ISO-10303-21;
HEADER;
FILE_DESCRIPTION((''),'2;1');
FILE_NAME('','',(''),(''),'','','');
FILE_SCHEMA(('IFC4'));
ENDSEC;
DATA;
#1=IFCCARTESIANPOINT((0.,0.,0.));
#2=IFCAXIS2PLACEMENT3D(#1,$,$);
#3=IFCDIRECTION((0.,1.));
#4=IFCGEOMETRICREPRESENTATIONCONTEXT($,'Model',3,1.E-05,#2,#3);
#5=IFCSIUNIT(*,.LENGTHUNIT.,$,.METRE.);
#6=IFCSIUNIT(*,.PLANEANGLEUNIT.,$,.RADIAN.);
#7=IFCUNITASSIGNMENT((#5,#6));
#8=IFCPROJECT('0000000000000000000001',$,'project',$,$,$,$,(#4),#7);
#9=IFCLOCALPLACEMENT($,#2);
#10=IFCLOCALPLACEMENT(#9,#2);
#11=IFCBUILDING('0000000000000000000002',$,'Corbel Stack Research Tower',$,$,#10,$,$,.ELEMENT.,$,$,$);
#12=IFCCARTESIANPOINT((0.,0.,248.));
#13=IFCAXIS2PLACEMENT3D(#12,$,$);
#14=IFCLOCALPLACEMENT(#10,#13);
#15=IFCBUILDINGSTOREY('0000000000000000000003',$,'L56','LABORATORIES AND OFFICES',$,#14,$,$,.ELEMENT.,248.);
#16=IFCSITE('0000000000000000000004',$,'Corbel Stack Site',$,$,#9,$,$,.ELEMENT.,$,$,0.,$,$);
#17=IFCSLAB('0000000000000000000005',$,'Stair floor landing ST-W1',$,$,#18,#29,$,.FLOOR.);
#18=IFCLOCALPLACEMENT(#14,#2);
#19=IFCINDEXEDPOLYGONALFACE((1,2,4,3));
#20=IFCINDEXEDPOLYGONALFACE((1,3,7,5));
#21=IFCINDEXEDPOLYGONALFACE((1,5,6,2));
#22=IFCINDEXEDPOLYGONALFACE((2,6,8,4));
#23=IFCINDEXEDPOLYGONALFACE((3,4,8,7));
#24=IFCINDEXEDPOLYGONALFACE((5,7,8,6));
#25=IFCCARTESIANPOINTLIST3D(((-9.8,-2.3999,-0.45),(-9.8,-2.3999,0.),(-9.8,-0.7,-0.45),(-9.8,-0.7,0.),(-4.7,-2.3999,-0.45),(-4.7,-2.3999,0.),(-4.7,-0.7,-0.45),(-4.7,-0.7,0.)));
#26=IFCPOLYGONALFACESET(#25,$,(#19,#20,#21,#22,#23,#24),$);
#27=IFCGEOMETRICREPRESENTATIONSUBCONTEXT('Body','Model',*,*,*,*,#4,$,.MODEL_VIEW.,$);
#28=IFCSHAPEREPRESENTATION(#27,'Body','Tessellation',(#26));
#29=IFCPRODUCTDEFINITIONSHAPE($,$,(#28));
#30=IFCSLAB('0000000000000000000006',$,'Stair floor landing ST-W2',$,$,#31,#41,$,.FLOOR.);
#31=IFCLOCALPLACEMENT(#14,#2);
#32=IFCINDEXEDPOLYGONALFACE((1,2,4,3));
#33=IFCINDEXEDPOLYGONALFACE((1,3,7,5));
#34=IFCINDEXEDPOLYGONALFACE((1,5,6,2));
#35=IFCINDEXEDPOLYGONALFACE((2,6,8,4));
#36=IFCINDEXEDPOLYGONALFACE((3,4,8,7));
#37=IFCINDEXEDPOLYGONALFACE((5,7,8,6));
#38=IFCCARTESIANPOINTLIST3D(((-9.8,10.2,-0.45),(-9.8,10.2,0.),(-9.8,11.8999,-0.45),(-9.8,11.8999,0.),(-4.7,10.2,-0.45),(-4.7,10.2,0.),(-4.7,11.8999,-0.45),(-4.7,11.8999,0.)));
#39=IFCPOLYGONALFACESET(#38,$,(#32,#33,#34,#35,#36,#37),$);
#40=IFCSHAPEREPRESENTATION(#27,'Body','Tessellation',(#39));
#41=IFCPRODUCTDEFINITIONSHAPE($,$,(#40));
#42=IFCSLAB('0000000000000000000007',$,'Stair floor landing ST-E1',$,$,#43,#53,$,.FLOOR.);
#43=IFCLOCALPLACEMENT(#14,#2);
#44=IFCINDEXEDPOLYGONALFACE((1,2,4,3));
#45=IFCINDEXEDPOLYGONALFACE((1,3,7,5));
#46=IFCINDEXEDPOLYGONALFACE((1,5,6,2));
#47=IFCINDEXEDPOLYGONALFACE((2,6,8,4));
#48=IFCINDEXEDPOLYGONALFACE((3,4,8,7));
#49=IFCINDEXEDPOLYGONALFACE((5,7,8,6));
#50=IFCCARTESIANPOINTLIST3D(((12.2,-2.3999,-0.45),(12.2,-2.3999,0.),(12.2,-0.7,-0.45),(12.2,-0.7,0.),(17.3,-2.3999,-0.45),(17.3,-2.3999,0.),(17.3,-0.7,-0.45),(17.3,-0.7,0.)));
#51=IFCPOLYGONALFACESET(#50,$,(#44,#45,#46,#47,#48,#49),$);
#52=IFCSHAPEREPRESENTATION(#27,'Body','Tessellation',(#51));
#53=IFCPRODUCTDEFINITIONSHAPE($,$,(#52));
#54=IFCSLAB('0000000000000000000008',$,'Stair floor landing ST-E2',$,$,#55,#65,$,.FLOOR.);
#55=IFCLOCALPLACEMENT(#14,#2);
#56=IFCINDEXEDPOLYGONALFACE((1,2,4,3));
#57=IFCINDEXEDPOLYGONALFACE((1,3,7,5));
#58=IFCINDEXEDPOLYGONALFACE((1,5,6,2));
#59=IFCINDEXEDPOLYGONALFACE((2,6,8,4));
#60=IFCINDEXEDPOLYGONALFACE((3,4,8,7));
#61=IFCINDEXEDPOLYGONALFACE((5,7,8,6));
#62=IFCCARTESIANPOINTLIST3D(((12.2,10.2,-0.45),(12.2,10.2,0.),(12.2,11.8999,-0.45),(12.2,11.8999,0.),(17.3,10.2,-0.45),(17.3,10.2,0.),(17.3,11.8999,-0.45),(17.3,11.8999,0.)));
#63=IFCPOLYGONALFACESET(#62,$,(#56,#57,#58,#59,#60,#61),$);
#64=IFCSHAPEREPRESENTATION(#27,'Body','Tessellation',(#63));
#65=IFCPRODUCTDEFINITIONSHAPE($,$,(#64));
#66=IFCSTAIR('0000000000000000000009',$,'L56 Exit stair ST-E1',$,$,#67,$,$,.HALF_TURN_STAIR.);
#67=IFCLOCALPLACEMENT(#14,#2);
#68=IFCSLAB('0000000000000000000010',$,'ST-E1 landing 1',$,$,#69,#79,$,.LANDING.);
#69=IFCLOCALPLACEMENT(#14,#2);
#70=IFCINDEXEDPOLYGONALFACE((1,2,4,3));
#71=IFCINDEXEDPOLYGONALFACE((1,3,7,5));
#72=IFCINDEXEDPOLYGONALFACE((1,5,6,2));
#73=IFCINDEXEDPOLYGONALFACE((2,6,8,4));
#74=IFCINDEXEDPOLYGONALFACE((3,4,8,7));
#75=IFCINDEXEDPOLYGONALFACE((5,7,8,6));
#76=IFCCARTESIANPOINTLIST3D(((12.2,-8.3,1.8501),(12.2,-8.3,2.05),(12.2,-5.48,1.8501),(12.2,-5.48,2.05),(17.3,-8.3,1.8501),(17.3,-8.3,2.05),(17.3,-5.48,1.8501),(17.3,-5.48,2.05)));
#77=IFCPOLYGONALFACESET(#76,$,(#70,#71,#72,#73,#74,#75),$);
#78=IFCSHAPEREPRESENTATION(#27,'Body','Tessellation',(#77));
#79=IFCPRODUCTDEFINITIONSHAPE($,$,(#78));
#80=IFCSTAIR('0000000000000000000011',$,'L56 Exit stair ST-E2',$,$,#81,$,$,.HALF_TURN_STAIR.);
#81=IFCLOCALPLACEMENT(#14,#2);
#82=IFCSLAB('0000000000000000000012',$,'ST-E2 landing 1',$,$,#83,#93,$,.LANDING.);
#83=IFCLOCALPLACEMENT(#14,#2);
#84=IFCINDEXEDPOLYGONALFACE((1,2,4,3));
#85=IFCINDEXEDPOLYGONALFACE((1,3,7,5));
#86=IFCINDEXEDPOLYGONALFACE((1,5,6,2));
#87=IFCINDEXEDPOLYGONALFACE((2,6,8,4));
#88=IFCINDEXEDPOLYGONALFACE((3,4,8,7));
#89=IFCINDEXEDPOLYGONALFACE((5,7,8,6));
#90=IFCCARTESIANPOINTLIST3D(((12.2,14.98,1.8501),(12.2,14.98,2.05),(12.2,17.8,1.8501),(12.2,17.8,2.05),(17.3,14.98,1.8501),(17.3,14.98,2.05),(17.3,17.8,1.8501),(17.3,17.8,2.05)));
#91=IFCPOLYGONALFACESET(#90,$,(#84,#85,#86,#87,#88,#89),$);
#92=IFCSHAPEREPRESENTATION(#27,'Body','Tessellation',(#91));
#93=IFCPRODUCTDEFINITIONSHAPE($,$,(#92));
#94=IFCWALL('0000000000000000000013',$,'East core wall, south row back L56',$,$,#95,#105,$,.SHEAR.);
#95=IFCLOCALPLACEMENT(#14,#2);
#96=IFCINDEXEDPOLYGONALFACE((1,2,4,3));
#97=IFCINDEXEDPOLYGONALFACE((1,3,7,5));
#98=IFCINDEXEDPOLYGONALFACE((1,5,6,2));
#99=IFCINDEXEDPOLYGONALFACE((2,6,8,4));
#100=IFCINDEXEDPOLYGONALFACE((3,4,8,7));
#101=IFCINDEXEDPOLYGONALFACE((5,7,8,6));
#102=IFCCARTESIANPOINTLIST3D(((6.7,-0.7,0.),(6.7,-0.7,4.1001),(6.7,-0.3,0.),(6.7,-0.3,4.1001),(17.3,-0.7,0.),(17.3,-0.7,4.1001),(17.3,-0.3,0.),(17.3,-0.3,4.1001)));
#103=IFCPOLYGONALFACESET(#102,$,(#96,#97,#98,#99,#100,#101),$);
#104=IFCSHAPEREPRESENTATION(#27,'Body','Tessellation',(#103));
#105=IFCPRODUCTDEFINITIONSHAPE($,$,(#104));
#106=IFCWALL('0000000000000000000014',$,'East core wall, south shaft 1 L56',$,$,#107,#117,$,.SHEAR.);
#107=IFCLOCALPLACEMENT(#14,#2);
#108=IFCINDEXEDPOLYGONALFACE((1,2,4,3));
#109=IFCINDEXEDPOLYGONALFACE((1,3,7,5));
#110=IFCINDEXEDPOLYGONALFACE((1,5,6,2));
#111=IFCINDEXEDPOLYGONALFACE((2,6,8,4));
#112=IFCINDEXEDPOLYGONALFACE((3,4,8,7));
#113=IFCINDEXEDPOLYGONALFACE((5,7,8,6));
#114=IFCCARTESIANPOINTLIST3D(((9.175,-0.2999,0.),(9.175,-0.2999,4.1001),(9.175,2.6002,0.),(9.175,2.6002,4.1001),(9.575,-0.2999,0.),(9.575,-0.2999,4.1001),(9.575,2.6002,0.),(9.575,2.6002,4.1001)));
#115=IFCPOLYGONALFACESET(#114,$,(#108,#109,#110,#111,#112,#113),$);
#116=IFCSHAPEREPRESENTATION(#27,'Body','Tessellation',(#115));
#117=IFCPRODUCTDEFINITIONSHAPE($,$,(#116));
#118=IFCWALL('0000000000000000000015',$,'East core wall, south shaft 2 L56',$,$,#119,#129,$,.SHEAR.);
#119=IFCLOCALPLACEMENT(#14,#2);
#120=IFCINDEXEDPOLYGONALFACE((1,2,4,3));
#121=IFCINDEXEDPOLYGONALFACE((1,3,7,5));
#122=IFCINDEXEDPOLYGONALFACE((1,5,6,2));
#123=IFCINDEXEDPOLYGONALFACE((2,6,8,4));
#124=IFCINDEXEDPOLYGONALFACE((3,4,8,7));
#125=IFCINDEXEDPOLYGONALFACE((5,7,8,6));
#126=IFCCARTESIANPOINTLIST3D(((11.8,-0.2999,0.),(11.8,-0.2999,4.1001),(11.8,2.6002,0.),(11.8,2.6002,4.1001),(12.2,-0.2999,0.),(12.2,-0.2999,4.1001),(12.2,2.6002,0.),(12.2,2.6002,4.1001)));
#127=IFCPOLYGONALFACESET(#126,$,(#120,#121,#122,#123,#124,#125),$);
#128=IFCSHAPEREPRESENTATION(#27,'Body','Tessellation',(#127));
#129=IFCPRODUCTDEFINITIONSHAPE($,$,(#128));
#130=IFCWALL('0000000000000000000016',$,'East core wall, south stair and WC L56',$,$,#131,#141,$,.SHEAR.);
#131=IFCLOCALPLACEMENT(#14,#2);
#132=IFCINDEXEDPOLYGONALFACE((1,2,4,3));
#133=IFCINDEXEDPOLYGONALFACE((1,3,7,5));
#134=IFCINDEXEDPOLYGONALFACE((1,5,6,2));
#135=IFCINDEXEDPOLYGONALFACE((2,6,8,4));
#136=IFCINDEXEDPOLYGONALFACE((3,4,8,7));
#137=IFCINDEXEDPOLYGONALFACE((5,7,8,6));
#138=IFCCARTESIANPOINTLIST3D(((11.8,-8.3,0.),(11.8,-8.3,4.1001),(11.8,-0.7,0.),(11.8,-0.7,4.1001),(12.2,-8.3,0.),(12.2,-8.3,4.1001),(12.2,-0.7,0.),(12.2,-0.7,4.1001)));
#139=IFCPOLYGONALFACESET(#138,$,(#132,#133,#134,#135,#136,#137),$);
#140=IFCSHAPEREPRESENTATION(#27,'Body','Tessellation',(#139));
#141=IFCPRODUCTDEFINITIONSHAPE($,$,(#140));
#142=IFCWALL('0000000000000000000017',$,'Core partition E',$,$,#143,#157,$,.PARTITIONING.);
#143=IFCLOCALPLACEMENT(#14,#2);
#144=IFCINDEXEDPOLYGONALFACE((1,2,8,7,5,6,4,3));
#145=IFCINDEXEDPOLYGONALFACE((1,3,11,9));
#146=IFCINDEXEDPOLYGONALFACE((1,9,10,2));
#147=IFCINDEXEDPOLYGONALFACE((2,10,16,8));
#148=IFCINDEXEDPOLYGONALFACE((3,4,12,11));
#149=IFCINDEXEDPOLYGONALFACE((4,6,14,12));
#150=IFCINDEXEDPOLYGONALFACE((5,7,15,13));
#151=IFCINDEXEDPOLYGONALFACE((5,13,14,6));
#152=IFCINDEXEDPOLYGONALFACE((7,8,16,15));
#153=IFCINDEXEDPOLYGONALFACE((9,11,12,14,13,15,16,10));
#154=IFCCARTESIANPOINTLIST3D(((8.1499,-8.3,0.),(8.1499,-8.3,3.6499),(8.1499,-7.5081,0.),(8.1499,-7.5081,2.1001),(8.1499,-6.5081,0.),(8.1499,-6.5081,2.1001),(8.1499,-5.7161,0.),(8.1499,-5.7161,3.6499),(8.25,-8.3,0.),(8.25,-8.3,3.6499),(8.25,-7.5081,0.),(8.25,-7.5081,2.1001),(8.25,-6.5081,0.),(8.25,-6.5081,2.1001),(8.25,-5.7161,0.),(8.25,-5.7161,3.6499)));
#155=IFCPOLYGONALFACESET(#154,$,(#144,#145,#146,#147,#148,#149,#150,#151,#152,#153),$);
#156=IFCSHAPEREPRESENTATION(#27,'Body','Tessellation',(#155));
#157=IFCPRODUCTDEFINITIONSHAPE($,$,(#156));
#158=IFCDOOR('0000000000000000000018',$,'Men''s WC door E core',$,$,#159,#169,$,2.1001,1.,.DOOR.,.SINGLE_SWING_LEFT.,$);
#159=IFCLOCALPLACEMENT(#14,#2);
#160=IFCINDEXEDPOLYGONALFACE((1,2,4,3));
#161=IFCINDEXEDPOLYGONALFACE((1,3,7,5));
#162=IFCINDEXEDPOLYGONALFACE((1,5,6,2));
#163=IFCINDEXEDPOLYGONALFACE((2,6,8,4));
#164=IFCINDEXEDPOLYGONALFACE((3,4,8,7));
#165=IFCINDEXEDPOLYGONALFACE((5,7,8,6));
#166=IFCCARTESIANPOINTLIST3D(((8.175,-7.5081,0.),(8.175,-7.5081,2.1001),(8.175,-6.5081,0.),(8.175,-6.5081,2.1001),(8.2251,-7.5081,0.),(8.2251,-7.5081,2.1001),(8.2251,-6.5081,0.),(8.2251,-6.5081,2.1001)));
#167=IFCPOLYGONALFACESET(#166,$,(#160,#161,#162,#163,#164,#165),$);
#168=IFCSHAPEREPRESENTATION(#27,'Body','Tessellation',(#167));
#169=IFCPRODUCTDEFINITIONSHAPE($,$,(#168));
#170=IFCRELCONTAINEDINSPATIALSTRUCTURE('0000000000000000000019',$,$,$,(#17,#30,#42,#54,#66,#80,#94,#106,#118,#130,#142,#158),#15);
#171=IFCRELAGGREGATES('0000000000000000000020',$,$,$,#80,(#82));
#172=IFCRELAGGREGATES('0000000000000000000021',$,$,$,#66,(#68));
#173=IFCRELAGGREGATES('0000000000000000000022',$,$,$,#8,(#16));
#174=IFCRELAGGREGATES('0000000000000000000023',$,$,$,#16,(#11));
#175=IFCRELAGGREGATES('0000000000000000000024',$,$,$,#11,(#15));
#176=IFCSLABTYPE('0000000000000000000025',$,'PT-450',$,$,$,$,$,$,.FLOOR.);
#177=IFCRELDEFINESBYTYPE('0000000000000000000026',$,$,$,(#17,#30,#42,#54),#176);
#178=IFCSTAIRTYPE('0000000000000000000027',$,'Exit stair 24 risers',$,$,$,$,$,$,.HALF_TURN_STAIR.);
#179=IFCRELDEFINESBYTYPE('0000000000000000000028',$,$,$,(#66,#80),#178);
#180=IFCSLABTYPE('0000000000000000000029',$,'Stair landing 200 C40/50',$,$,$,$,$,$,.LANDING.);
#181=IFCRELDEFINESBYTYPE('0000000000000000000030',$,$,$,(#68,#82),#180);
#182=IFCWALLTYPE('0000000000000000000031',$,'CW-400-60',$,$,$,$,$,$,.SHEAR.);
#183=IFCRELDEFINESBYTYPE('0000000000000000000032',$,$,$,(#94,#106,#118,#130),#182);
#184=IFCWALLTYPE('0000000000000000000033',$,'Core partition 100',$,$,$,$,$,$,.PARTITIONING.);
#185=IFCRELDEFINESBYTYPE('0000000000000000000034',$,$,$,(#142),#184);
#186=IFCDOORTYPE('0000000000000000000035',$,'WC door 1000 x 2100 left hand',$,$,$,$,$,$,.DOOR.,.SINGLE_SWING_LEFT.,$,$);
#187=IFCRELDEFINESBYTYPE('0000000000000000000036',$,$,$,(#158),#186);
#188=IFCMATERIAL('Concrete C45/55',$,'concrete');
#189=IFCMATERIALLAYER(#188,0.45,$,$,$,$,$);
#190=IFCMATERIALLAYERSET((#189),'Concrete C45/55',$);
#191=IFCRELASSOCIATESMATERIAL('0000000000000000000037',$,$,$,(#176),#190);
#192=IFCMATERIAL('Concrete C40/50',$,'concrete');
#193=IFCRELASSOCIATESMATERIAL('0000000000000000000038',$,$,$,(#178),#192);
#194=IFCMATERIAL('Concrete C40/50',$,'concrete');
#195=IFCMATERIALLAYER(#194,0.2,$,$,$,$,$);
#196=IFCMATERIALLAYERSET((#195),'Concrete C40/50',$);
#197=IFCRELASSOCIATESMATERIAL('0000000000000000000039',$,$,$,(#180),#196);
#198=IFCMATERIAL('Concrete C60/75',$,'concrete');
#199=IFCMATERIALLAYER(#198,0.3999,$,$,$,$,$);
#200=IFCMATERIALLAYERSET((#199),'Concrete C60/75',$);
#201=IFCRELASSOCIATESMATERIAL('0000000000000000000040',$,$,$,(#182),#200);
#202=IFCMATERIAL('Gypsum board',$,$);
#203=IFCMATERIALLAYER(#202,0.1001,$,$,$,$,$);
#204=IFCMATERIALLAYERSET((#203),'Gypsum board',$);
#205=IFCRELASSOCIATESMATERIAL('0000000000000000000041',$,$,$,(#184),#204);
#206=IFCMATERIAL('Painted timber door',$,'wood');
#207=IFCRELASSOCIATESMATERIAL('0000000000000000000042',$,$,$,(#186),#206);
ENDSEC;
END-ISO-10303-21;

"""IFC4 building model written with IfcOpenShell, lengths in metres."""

from ifc_helpers import new_model, si_unit, direction, frame, frame_2d, origin, place, context, subcontext, project, spatial, polyline, rectangle, outline, extrude, material, layer, layer_set, type_object, element, fill, aggregate, save


model = new_model("IFC4")

# Units and contexts
model_context = context("Model", 3, precision=1e-05, world=origin(), true_north=direction((0.0, 1.0)))
body_context = subcontext(model_context, "Body", "Model", "MODEL_VIEW")
ifc_project = project(units=[si_unit("LENGTHUNIT", "METRE"), si_unit("PLANEANGLEUNIT", "RADIAN")], contexts=[model_context])

# Site, building, storey
site_placement = place(None, origin())
site = spatial("IfcSite", under=ifc_project, at=site_placement, Name="Corbel Stack Site", CompositionType="ELEMENT", RefElevation=0.0)
building_placement = place(site_placement, origin())
building = spatial("IfcBuilding", under=site, at=building_placement, Name="Corbel Stack Research Tower", CompositionType="ELEMENT")
storey_placement = place(building_placement, frame((0.0, 0.0, 248.0)))
storey = spatial("IfcBuildingStorey", under=building, at=storey_placement, Name="L56", Description="LABORATORIES AND OFFICES", CompositionType="ELEMENT", Elevation=248.0)

# Slabs
ifc_material_1 = material(Name="Concrete C45/55", Category="concrete")
ifc_layer_1 = layer(ifc_material_1, 0.45)
ifc_layer_set_1 = layer_set([ifc_layer_1], Name="Concrete C45/55")
slab_type_1 = type_object("IfcSlabType", Name="PT-450", PredefinedType="FLOOR", material=ifc_layer_set_1)
slab_1_placement = place(storey_placement, frame((0.0, 0.0, -0.45)))
element("IfcSlab", 1, at=slab_1_placement, inside=storey, type_object=slab_type_1, Name="Stair floor landing ST-W1", PredefinedType="FLOOR", context=body_context, shape_type="SweptSolid", body=[
    extrude(outline(polyline([(-9.8, -2.3999), (-4.7, -2.3999), (-4.7, -0.7), (-9.8, -0.7), (-9.8, -2.3999)])), origin(), (0.0, 0.0, 1.0), 0.45),
])
slab_2_placement = place(storey_placement, frame((0.0, 0.0, -0.45)))
element("IfcSlab", 2, at=slab_2_placement, inside=storey, type_object=slab_type_1, Name="Stair floor landing ST-W2", PredefinedType="FLOOR", context=body_context, shape_type="SweptSolid", body=[
    extrude(outline(polyline([(-9.8, 10.2), (-4.7, 10.2), (-4.7, 11.8999), (-9.8, 11.8999), (-9.8, 10.2)])), origin(), (0.0, 0.0, 1.0), 0.45),
])
slab_3_placement = place(storey_placement, frame((0.0, 0.0, -0.45)))
element("IfcSlab", 3, at=slab_3_placement, inside=storey, type_object=slab_type_1, Name="Stair floor landing ST-E1", PredefinedType="FLOOR", context=body_context, shape_type="SweptSolid", body=[
    extrude(outline(polyline([(12.2, -2.3999), (17.3, -2.3999), (17.3, -0.7), (12.2, -0.7), (12.2, -2.3999)])), origin(), (0.0, 0.0, 1.0), 0.45),
])
slab_4_placement = place(storey_placement, frame((0.0, 0.0, -0.45)))
element("IfcSlab", 4, at=slab_4_placement, inside=storey, type_object=slab_type_1, Name="Stair floor landing ST-E2", PredefinedType="FLOOR", context=body_context, shape_type="SweptSolid", body=[
    extrude(outline(polyline([(12.2, 10.2), (17.3, 10.2), (17.3, 11.8999), (12.2, 11.8999), (12.2, 10.2)])), origin(), (0.0, 0.0, 1.0), 0.45),
])

# Stairs, slabs
ifc_material_2 = material(Name="Concrete C40/50", Category="concrete")
stair_type = type_object("IfcStairType", Name="Exit stair 24 risers", PredefinedType="HALF_TURN_STAIR", material=ifc_material_2)
stair_1_placement = place(storey_placement, origin())
stair_1 = element("IfcStair", 5, at=stair_1_placement, inside=storey, type_object=stair_type, Name="L56 Exit stair ST-E1", PredefinedType="HALF_TURN_STAIR")
ifc_material_3 = material(Name="Concrete C40/50", Category="concrete")
ifc_layer_2 = layer(ifc_material_3, 0.2)
ifc_layer_set_2 = layer_set([ifc_layer_2], Name="Concrete C40/50")
slab_type_2 = type_object("IfcSlabType", Name="Stair landing 200 C40/50", PredefinedType="LANDING", material=ifc_layer_set_2)
slab_5_placement = place(storey_placement, frame((0.0, 0.0, 1.8501)))
slab_5 = element("IfcSlab", 6, at=slab_5_placement, type_object=slab_type_2, Name="ST-E1 landing 1", PredefinedType="LANDING", context=body_context, shape_type="SweptSolid", body=[
    extrude(outline(polyline([(12.2, -8.3), (12.2, -5.48), (17.3, -5.48), (17.3, -8.3), (12.2, -8.3)])), origin(), (0.0, 0.0, 1.0), 0.2),
])
stair_2_placement = place(storey_placement, origin())
stair_2 = element("IfcStair", 7, at=stair_2_placement, inside=storey, type_object=stair_type, Name="L56 Exit stair ST-E2", PredefinedType="HALF_TURN_STAIR")
slab_6_placement = place(storey_placement, frame((0.0, 0.0, 1.8501)))
slab_6 = element("IfcSlab", 8, at=slab_6_placement, type_object=slab_type_2, Name="ST-E2 landing 1", PredefinedType="LANDING", context=body_context, shape_type="SweptSolid", body=[
    extrude(outline(polyline([(12.2, 14.98), (12.2, 17.8), (17.3, 17.8), (17.3, 14.98), (12.2, 14.98)])), origin(), (0.0, 0.0, 1.0), 0.2),
])
aggregate(stair_2, [slab_6])

# Walls
ifc_material_4 = material(Name="Concrete C60/75", Category="concrete")
ifc_layer_3 = layer(ifc_material_4, 0.3999)
ifc_layer_set_3 = layer_set([ifc_layer_3], Name="Concrete C60/75")
wall_type_1 = type_object("IfcWallType", Name="CW-400-60", PredefinedType="SHEAR", material=ifc_layer_set_3)
wall_1_placement = place(storey_placement, frame((6.7, -0.5, 0.0), z_axis=(0.0, 0.0, 1.0), x_axis=(1.0, 0.0, 0.0)))
element("IfcWall", 9, at=wall_1_placement, inside=storey, type_object=wall_type_1, Name="East core wall, south row back L56", PredefinedType="SHEAR", context=body_context, shape_type="SweptSolid", body=[
    extrude(rectangle(XDim=10.6001, YDim=0.3999, at=frame_2d((5.3, 0.0))), origin(), (0.0, 0.0, 1.0), 4.1001),
])
for number, where, z_axis, x_axis, name in (
    (10, (9.375, -0.3, 0.0), (0.0, 0.0, 1.0), (0.0, 1.0, 0.0), "East core wall, south shaft 1 L56"),
    (11, (12.0, -0.3, 0.0), (0.0, 0.0, 1.0), (0.0, 1.0, 0.0), "East core wall, south shaft 2 L56"),
):
    element("IfcWall", number, at=place(storey_placement, frame(where, z_axis=z_axis, x_axis=x_axis)), inside=storey, type_object=wall_type_1, Name=name, PredefinedType="SHEAR", context=body_context, shape_type="SweptSolid", body=[
        extrude(rectangle(XDim=2.9001, YDim=0.3999, at=frame_2d((1.4502, 0.0))), origin(), (0.0, 0.0, 1.0), 4.1001),
    ])
wall_2_placement = place(storey_placement, frame((12.0, -8.3, 0.0), z_axis=(0.0, 0.0, 1.0), x_axis=(0.0, 1.0, 0.0)))
element("IfcWall", 12, at=wall_2_placement, inside=storey, type_object=wall_type_1, Name="East core wall, south stair and WC L56", PredefinedType="SHEAR", context=body_context, shape_type="SweptSolid", body=[
    extrude(rectangle(XDim=7.6001, YDim=0.3999, at=frame_2d((3.8, 0.0))), origin(), (0.0, 0.0, 1.0), 4.1001),
])

# Wall, opening, door
ifc_material_5 = material(Name="Gypsum board")
ifc_layer_4 = layer(ifc_material_5, 0.1001)
ifc_layer_set_4 = layer_set([ifc_layer_4], Name="Gypsum board")
wall_type_2 = type_object("IfcWallType", Name="Core partition 100", PredefinedType="PARTITIONING", material=ifc_layer_set_4)
wall_3_placement = place(storey_placement, frame((8.2, -8.3, 0.0), z_axis=(0.0, 0.0, 1.0), x_axis=(0.0, 1.0, 0.0)))
wall_3 = element("IfcWall", 13, at=wall_3_placement, inside=storey, type_object=wall_type_2, Name="Core partition E", PredefinedType="PARTITIONING", context=body_context, shape_type="SweptSolid", body=[
    extrude(rectangle(XDim=2.584, YDim=0.1001, at=frame_2d((1.292, 0.0))), origin(), (0.0, 0.0, 1.0), 3.6499),
])
opening_1_placement = place(wall_3_placement, frame((0.792, 0.0, 0.0)))
opening_1 = element("IfcOpeningElement", 14, at=opening_1_placement, cuts=wall_3, PredefinedType="OPENING", context=body_context, shape_type="SweptSolid", body=[
    extrude(rectangle(XDim=1.0, YDim=2.1001, at=frame_2d((0.5, 1.05))), frame((0.0, 0.0601, 0.0), z_axis=(0.0, -1.0, 0.0), x_axis=(1.0, 0.0, 0.0)), (0.0, 0.0, 1.0), 0.1201),
])
ifc_material_6 = material(Name="Painted timber door", Category="wood")
door_type_1 = type_object("IfcDoorType", Name="WC door 1000 x 2100 left hand", OperationType="SINGLE_SWING_LEFT", PredefinedType="DOOR", material=ifc_material_6)
door_1_placement = place(opening_1_placement, origin())
door_1 = element("IfcDoor", 15, at=door_1_placement, inside=storey, type_object=door_type_1, Name="Men's WC door E core", OperationType="SINGLE_SWING_LEFT", OverallHeight=2.1001, OverallWidth=1.0, PredefinedType="DOOR", context=body_context, shape_type="SweptSolid", body=[
    extrude(rectangle(XDim=1.0, YDim=2.1001, at=frame_2d((0.5, 1.05))), frame((0.0, 0.0249, 0.0), z_axis=(0.0, -1.0, 0.0), x_axis=(1.0, 0.0, 0.0)), (0.0, 0.0, 1.0), 0.05),
])
fill(opening_1, door_1)

aggregate(stair_1, [slab_5])

save(model, "model.ifc")
